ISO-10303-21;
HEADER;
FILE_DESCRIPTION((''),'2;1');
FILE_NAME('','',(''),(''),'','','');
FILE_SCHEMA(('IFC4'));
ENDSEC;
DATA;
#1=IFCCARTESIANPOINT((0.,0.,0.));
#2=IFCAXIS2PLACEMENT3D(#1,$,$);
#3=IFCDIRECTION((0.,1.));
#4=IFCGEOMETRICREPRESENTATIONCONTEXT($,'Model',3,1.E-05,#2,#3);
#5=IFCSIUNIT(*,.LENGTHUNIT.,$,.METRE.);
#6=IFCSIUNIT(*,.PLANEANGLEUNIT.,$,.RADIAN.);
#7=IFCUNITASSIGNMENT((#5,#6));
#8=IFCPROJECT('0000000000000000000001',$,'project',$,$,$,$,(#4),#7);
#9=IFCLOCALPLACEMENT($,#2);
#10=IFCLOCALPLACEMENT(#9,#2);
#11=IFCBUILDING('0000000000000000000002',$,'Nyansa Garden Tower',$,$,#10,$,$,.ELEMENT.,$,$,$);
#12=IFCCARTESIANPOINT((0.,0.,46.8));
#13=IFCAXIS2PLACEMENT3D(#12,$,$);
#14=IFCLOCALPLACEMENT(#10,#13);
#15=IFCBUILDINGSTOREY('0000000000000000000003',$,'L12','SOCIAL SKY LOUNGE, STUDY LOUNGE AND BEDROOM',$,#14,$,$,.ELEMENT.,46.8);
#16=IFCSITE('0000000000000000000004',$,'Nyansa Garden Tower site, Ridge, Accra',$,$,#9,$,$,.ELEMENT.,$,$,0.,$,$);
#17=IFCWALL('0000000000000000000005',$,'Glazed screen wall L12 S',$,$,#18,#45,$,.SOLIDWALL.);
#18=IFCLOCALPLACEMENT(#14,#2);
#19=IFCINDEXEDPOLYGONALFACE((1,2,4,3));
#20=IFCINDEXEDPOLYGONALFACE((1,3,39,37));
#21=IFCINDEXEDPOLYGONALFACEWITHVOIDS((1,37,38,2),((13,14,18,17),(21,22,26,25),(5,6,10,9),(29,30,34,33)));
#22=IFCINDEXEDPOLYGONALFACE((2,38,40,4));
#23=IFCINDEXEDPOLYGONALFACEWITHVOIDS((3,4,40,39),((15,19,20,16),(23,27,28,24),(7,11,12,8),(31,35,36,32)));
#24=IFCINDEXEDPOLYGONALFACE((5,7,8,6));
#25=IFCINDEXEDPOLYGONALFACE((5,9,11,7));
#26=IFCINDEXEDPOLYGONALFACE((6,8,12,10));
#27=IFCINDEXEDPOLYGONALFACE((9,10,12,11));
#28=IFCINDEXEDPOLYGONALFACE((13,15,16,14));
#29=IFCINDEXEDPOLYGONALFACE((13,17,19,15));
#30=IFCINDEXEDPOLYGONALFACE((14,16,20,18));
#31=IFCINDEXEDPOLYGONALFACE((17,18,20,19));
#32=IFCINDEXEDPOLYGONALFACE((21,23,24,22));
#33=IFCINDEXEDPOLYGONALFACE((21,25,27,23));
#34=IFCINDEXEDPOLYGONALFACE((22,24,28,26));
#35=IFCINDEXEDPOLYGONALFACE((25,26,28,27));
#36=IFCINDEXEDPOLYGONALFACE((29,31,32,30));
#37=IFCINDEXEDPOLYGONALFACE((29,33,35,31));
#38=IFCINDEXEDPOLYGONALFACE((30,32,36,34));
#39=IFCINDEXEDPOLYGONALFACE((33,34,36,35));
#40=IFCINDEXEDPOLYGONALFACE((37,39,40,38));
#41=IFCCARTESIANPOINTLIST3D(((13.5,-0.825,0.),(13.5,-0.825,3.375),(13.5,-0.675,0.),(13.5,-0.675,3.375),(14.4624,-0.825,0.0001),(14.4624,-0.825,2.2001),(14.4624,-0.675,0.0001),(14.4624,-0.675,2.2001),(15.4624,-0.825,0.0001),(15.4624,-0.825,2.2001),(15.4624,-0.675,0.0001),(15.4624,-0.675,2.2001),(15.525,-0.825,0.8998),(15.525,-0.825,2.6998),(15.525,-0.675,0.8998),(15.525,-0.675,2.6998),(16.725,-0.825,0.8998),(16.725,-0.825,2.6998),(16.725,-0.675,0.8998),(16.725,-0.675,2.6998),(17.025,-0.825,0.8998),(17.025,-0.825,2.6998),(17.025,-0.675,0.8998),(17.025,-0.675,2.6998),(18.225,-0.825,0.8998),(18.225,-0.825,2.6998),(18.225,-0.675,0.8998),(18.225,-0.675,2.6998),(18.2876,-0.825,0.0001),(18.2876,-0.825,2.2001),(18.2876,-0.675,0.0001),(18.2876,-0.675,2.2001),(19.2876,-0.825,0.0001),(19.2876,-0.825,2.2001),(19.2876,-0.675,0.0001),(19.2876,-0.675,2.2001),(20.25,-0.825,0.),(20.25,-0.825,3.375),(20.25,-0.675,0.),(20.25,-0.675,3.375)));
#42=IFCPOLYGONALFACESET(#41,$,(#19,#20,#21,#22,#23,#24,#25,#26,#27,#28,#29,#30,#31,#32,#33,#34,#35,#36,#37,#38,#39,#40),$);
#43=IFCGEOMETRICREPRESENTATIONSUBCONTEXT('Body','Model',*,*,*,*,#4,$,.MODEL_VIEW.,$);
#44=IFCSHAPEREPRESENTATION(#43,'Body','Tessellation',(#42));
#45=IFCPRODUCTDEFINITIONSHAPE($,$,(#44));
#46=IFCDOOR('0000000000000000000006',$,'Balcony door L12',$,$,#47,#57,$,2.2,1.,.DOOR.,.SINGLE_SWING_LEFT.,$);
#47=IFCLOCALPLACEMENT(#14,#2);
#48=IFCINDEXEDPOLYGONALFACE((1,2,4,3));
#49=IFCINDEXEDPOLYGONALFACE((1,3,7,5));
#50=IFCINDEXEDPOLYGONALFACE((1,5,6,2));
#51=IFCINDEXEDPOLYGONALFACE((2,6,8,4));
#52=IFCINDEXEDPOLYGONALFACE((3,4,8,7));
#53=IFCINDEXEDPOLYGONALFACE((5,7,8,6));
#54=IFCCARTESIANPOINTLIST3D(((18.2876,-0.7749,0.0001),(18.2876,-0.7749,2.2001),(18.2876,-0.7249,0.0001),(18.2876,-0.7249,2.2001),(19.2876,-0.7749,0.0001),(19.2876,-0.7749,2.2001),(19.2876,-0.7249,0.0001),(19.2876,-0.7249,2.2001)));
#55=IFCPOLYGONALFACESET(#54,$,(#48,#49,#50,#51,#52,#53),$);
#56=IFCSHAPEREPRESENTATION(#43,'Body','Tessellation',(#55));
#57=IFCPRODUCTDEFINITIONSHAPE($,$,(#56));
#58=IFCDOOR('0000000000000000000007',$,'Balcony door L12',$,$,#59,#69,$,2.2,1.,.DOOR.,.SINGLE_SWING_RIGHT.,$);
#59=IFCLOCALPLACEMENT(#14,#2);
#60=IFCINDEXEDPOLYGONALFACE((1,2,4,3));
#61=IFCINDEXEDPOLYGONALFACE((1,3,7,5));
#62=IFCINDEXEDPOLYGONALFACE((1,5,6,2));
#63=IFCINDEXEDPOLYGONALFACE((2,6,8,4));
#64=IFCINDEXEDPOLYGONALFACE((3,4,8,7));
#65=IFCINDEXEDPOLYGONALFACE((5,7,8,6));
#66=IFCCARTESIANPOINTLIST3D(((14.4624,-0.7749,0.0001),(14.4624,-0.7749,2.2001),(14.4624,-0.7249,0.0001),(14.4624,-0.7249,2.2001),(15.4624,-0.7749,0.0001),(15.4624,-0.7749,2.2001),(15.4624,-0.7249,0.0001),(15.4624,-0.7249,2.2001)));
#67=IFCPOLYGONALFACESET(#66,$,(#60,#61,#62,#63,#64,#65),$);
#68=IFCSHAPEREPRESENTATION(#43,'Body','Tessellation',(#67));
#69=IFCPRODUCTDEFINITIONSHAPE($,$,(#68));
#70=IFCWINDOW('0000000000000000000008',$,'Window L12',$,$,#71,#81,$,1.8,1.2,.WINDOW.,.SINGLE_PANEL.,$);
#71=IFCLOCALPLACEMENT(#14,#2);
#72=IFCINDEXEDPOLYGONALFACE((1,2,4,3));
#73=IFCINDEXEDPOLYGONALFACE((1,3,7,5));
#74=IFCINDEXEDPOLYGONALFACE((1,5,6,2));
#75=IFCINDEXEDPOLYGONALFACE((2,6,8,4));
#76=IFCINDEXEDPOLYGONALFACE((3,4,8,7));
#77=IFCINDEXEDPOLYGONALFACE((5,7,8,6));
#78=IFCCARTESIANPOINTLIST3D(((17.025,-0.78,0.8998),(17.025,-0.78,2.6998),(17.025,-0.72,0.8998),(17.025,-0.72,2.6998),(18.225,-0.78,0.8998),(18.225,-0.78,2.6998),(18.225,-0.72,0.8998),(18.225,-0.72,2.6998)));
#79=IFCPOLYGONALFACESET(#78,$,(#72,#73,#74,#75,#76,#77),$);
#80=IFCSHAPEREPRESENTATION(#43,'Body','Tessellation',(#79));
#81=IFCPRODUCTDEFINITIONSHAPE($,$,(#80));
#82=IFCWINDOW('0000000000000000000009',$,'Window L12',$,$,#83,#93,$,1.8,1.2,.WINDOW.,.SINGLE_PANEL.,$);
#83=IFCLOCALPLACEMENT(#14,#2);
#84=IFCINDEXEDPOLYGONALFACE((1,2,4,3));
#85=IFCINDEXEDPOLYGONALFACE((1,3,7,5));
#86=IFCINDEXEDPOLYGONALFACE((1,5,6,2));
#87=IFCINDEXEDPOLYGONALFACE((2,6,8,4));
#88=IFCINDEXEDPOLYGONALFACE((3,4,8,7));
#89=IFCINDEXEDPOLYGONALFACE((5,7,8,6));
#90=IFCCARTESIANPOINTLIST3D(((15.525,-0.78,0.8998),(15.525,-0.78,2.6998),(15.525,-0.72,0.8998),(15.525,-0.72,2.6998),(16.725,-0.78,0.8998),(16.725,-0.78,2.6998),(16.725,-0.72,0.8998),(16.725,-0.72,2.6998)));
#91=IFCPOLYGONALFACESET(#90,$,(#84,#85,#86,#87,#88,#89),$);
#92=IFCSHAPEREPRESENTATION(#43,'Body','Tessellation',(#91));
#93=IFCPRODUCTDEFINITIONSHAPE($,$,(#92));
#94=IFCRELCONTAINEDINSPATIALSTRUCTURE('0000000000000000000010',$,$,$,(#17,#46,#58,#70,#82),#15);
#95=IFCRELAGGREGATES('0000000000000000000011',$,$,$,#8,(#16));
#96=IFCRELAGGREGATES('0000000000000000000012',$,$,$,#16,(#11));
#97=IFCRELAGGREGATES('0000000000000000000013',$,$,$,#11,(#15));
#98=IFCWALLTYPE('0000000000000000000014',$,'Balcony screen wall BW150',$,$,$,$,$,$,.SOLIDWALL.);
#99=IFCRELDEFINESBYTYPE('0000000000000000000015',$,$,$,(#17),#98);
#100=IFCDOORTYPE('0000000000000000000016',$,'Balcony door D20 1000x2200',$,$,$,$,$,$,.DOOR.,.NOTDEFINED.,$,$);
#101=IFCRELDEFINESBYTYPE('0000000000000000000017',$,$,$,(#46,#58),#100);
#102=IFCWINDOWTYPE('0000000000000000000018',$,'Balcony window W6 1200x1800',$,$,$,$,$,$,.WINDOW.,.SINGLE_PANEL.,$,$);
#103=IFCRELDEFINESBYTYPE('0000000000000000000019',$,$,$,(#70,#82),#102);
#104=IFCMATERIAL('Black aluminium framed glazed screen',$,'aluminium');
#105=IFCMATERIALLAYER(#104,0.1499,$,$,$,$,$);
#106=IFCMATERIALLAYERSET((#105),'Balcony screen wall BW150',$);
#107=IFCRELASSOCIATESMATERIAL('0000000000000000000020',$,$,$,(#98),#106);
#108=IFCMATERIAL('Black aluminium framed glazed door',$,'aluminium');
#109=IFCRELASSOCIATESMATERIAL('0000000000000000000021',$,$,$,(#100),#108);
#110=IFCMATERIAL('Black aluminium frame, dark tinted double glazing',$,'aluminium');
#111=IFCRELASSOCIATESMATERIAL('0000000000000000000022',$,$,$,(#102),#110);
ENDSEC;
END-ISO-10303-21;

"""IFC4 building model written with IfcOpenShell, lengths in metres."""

from ifc_helpers import new_model, si_unit, direction, frame, frame_2d, origin, place, context, subcontext, project, spatial, rectangle, extrude, material, layer, layer_set, type_object, element, fill, save


model = new_model("IFC4")

# Units and contexts
model_context = context("Model", 3, precision=1e-05, world=origin(), true_north=direction((0.0, 1.0)))
body_context = subcontext(model_context, "Body", "Model", "MODEL_VIEW")
ifc_project = project(units=[si_unit("LENGTHUNIT", "METRE"), si_unit("PLANEANGLEUNIT", "RADIAN")], contexts=[model_context])

# Site, building, storey
site_placement = place(None, origin())
site = spatial("IfcSite", under=ifc_project, at=site_placement, Name="Nyansa Garden Tower site, Ridge, Accra", CompositionType="ELEMENT", RefElevation=0.0)
building_placement = place(site_placement, origin())
building = spatial("IfcBuilding", under=site, at=building_placement, Name="Nyansa Garden Tower", CompositionType="ELEMENT")
storey_placement = place(building_placement, frame((0.0, 0.0, 46.8)))
storey = spatial("IfcBuildingStorey", under=building, at=storey_placement, Name="L12", Description="SOCIAL SKY LOUNGE, STUDY LOUNGE AND BEDROOM", CompositionType="ELEMENT", Elevation=46.8)

# Wall, openings, doors, windows
ifc_material_1 = material(Name="Black aluminium framed glazed screen", Category="aluminium")
ifc_layer_1 = layer(ifc_material_1, 0.1499)
ifc_layer_set_1 = layer_set([ifc_layer_1], Name="Balcony screen wall BW150")
wall_type_1 = type_object("IfcWallType", Name="Balcony screen wall BW150", PredefinedType="SOLIDWALL", material=ifc_layer_set_1)
wall_1_placement = place(storey_placement, frame((20.25, -0.75, 0.0), z_axis=(0.0, 0.0, 1.0), x_axis=(-1.0, 0.0, 0.0)))
wall_1 = element("IfcWall", 1, at=wall_1_placement, inside=storey, type_object=wall_type_1, Name="Glazed screen wall L12 S", PredefinedType="SOLIDWALL", context=body_context, shape_type="SweptSolid", body=[
    extrude(rectangle(XDim=6.75, YDim=0.1499, at=frame_2d((3.375, 0.0))), origin(), (0.0, 0.0, 1.0), 3.375),
])
opening_1_placement = place(wall_1_placement, frame((0.9624, 0.0, 0.0)))
opening_1 = element("IfcOpeningElement", 2, at=opening_1_placement, cuts=wall_1, PredefinedType="OPENING", context=body_context, shape_type="SweptSolid", body=[
    extrude(rectangle(XDim=1.0, YDim=2.2, at=frame_2d((0.5, 1.1001))), frame((0.0, 0.085, 0.0), z_axis=(0.0, -1.0, 0.0), x_axis=(1.0, 0.0, 0.0)), (0.0, 0.0, 1.0), 0.1699),
])
opening_2_placement = place(wall_1_placement, frame((2.0249, 0.0, 0.8999)))
opening_2 = element("IfcOpeningElement", 3, at=opening_2_placement, cuts=wall_1, PredefinedType="OPENING", context=body_context, shape_type="SweptSolid", body=[
    extrude(rectangle(XDim=1.2, YDim=1.8, at=frame_2d((0.6001, 0.8999))), frame((0.0, 0.085, 0.0), z_axis=(0.0, -1.0, 0.0), x_axis=(1.0, 0.0, 0.0)), (0.0, 0.0, 1.0), 0.1699),
])
opening_3_placement = place(wall_1_placement, frame((4.7876, 0.0, 0.0)))
opening_3 = element("IfcOpeningElement", 4, at=opening_3_placement, cuts=wall_1, PredefinedType="OPENING", context=body_context, shape_type="SweptSolid", body=[
    extrude(rectangle(XDim=1.0, YDim=2.2, at=frame_2d((0.5, 1.1001))), frame((0.0, 0.085, 0.0), z_axis=(0.0, -1.0, 0.0), x_axis=(1.0, 0.0, 0.0)), (0.0, 0.0, 1.0), 0.1699),
])
opening_4_placement = place(wall_1_placement, frame((3.5249, 0.0, 0.8999)))
opening_4 = element("IfcOpeningElement", 5, at=opening_4_placement, cuts=wall_1, PredefinedType="OPENING", context=body_context, shape_type="SweptSolid", body=[
    extrude(rectangle(XDim=1.2, YDim=1.8, at=frame_2d((0.6001, 0.8999))), frame((0.0, 0.085, 0.0), z_axis=(0.0, -1.0, 0.0), x_axis=(1.0, 0.0, 0.0)), (0.0, 0.0, 1.0), 0.1699),
])
ifc_material_2 = material(Name="Black aluminium framed glazed door", Category="aluminium")
door_type = type_object("IfcDoorType", Name="Balcony door D20 1000x2200", OperationType="NOTDEFINED", PredefinedType="DOOR", material=ifc_material_2)
door_1_placement = place(opening_1_placement, origin())
door_1 = element("IfcDoor", 6, at=door_1_placement, inside=storey, type_object=door_type, Name="Balcony door L12", OperationType="SINGLE_SWING_LEFT", OverallHeight=2.2, OverallWidth=1.0, PredefinedType="DOOR", context=body_context, shape_type="SweptSolid", body=[
    extrude(rectangle(XDim=1.0, YDim=2.2, at=frame_2d((0.5, 1.1001))), frame((0.0, 0.0249, 0.0), z_axis=(0.0, -1.0, 0.0), x_axis=(1.0, 0.0, 0.0)), (0.0, 0.0, 1.0), 0.05),
])
fill(opening_1, door_1)
door_2_placement = place(opening_3_placement, origin())
door_2 = element("IfcDoor", 7, at=door_2_placement, inside=storey, type_object=door_type, Name="Balcony door L12", OperationType="SINGLE_SWING_RIGHT", OverallHeight=2.2, OverallWidth=1.0, PredefinedType="DOOR", context=body_context, shape_type="SweptSolid", body=[
    extrude(rectangle(XDim=1.0, YDim=2.2, at=frame_2d((0.5, 1.1001))), frame((0.0, 0.0249, 0.0), z_axis=(0.0, -1.0, 0.0), x_axis=(1.0, 0.0, 0.0)), (0.0, 0.0, 1.0), 0.05),
])
fill(opening_3, door_2)
ifc_material_3 = material(Name="Black aluminium frame, dark tinted double glazing", Category="aluminium")
window_type = type_object("IfcWindowType", Name="Balcony window W6 1200x1800", PartitioningType="SINGLE_PANEL", PredefinedType="WINDOW", material=ifc_material_3)
window_1_placement = place(opening_2_placement, origin())
window_1 = element("IfcWindow", 8, at=window_1_placement, inside=storey, type_object=window_type, Name="Window L12", OverallHeight=1.8, OverallWidth=1.2, PartitioningType="SINGLE_PANEL", PredefinedType="WINDOW", context=body_context, shape_type="SweptSolid", body=[
    extrude(rectangle(XDim=1.2, YDim=1.8, at=frame_2d((0.6001, 0.8999))), frame((0.0, 0.03, 0.0), z_axis=(0.0, -1.0, 0.0), x_axis=(1.0, 0.0, 0.0)), (0.0, 0.0, 1.0), 0.0601),
])
fill(opening_2, window_1)
window_2_placement = place(opening_4_placement, origin())
window_2 = element("IfcWindow", 9, at=window_2_placement, inside=storey, type_object=window_type, Name="Window L12", OverallHeight=1.8, OverallWidth=1.2, PartitioningType="SINGLE_PANEL", PredefinedType="WINDOW", context=body_context, shape_type="SweptSolid", body=[
    extrude(rectangle(XDim=1.2, YDim=1.8, at=frame_2d((0.6001, 0.8999))), frame((0.0, 0.03, 0.0), z_axis=(0.0, -1.0, 0.0), x_axis=(1.0, 0.0, 0.0)), (0.0, 0.0, 1.0), 0.0601),
])
fill(opening_4, window_2)

save(model, "model.ifc")
